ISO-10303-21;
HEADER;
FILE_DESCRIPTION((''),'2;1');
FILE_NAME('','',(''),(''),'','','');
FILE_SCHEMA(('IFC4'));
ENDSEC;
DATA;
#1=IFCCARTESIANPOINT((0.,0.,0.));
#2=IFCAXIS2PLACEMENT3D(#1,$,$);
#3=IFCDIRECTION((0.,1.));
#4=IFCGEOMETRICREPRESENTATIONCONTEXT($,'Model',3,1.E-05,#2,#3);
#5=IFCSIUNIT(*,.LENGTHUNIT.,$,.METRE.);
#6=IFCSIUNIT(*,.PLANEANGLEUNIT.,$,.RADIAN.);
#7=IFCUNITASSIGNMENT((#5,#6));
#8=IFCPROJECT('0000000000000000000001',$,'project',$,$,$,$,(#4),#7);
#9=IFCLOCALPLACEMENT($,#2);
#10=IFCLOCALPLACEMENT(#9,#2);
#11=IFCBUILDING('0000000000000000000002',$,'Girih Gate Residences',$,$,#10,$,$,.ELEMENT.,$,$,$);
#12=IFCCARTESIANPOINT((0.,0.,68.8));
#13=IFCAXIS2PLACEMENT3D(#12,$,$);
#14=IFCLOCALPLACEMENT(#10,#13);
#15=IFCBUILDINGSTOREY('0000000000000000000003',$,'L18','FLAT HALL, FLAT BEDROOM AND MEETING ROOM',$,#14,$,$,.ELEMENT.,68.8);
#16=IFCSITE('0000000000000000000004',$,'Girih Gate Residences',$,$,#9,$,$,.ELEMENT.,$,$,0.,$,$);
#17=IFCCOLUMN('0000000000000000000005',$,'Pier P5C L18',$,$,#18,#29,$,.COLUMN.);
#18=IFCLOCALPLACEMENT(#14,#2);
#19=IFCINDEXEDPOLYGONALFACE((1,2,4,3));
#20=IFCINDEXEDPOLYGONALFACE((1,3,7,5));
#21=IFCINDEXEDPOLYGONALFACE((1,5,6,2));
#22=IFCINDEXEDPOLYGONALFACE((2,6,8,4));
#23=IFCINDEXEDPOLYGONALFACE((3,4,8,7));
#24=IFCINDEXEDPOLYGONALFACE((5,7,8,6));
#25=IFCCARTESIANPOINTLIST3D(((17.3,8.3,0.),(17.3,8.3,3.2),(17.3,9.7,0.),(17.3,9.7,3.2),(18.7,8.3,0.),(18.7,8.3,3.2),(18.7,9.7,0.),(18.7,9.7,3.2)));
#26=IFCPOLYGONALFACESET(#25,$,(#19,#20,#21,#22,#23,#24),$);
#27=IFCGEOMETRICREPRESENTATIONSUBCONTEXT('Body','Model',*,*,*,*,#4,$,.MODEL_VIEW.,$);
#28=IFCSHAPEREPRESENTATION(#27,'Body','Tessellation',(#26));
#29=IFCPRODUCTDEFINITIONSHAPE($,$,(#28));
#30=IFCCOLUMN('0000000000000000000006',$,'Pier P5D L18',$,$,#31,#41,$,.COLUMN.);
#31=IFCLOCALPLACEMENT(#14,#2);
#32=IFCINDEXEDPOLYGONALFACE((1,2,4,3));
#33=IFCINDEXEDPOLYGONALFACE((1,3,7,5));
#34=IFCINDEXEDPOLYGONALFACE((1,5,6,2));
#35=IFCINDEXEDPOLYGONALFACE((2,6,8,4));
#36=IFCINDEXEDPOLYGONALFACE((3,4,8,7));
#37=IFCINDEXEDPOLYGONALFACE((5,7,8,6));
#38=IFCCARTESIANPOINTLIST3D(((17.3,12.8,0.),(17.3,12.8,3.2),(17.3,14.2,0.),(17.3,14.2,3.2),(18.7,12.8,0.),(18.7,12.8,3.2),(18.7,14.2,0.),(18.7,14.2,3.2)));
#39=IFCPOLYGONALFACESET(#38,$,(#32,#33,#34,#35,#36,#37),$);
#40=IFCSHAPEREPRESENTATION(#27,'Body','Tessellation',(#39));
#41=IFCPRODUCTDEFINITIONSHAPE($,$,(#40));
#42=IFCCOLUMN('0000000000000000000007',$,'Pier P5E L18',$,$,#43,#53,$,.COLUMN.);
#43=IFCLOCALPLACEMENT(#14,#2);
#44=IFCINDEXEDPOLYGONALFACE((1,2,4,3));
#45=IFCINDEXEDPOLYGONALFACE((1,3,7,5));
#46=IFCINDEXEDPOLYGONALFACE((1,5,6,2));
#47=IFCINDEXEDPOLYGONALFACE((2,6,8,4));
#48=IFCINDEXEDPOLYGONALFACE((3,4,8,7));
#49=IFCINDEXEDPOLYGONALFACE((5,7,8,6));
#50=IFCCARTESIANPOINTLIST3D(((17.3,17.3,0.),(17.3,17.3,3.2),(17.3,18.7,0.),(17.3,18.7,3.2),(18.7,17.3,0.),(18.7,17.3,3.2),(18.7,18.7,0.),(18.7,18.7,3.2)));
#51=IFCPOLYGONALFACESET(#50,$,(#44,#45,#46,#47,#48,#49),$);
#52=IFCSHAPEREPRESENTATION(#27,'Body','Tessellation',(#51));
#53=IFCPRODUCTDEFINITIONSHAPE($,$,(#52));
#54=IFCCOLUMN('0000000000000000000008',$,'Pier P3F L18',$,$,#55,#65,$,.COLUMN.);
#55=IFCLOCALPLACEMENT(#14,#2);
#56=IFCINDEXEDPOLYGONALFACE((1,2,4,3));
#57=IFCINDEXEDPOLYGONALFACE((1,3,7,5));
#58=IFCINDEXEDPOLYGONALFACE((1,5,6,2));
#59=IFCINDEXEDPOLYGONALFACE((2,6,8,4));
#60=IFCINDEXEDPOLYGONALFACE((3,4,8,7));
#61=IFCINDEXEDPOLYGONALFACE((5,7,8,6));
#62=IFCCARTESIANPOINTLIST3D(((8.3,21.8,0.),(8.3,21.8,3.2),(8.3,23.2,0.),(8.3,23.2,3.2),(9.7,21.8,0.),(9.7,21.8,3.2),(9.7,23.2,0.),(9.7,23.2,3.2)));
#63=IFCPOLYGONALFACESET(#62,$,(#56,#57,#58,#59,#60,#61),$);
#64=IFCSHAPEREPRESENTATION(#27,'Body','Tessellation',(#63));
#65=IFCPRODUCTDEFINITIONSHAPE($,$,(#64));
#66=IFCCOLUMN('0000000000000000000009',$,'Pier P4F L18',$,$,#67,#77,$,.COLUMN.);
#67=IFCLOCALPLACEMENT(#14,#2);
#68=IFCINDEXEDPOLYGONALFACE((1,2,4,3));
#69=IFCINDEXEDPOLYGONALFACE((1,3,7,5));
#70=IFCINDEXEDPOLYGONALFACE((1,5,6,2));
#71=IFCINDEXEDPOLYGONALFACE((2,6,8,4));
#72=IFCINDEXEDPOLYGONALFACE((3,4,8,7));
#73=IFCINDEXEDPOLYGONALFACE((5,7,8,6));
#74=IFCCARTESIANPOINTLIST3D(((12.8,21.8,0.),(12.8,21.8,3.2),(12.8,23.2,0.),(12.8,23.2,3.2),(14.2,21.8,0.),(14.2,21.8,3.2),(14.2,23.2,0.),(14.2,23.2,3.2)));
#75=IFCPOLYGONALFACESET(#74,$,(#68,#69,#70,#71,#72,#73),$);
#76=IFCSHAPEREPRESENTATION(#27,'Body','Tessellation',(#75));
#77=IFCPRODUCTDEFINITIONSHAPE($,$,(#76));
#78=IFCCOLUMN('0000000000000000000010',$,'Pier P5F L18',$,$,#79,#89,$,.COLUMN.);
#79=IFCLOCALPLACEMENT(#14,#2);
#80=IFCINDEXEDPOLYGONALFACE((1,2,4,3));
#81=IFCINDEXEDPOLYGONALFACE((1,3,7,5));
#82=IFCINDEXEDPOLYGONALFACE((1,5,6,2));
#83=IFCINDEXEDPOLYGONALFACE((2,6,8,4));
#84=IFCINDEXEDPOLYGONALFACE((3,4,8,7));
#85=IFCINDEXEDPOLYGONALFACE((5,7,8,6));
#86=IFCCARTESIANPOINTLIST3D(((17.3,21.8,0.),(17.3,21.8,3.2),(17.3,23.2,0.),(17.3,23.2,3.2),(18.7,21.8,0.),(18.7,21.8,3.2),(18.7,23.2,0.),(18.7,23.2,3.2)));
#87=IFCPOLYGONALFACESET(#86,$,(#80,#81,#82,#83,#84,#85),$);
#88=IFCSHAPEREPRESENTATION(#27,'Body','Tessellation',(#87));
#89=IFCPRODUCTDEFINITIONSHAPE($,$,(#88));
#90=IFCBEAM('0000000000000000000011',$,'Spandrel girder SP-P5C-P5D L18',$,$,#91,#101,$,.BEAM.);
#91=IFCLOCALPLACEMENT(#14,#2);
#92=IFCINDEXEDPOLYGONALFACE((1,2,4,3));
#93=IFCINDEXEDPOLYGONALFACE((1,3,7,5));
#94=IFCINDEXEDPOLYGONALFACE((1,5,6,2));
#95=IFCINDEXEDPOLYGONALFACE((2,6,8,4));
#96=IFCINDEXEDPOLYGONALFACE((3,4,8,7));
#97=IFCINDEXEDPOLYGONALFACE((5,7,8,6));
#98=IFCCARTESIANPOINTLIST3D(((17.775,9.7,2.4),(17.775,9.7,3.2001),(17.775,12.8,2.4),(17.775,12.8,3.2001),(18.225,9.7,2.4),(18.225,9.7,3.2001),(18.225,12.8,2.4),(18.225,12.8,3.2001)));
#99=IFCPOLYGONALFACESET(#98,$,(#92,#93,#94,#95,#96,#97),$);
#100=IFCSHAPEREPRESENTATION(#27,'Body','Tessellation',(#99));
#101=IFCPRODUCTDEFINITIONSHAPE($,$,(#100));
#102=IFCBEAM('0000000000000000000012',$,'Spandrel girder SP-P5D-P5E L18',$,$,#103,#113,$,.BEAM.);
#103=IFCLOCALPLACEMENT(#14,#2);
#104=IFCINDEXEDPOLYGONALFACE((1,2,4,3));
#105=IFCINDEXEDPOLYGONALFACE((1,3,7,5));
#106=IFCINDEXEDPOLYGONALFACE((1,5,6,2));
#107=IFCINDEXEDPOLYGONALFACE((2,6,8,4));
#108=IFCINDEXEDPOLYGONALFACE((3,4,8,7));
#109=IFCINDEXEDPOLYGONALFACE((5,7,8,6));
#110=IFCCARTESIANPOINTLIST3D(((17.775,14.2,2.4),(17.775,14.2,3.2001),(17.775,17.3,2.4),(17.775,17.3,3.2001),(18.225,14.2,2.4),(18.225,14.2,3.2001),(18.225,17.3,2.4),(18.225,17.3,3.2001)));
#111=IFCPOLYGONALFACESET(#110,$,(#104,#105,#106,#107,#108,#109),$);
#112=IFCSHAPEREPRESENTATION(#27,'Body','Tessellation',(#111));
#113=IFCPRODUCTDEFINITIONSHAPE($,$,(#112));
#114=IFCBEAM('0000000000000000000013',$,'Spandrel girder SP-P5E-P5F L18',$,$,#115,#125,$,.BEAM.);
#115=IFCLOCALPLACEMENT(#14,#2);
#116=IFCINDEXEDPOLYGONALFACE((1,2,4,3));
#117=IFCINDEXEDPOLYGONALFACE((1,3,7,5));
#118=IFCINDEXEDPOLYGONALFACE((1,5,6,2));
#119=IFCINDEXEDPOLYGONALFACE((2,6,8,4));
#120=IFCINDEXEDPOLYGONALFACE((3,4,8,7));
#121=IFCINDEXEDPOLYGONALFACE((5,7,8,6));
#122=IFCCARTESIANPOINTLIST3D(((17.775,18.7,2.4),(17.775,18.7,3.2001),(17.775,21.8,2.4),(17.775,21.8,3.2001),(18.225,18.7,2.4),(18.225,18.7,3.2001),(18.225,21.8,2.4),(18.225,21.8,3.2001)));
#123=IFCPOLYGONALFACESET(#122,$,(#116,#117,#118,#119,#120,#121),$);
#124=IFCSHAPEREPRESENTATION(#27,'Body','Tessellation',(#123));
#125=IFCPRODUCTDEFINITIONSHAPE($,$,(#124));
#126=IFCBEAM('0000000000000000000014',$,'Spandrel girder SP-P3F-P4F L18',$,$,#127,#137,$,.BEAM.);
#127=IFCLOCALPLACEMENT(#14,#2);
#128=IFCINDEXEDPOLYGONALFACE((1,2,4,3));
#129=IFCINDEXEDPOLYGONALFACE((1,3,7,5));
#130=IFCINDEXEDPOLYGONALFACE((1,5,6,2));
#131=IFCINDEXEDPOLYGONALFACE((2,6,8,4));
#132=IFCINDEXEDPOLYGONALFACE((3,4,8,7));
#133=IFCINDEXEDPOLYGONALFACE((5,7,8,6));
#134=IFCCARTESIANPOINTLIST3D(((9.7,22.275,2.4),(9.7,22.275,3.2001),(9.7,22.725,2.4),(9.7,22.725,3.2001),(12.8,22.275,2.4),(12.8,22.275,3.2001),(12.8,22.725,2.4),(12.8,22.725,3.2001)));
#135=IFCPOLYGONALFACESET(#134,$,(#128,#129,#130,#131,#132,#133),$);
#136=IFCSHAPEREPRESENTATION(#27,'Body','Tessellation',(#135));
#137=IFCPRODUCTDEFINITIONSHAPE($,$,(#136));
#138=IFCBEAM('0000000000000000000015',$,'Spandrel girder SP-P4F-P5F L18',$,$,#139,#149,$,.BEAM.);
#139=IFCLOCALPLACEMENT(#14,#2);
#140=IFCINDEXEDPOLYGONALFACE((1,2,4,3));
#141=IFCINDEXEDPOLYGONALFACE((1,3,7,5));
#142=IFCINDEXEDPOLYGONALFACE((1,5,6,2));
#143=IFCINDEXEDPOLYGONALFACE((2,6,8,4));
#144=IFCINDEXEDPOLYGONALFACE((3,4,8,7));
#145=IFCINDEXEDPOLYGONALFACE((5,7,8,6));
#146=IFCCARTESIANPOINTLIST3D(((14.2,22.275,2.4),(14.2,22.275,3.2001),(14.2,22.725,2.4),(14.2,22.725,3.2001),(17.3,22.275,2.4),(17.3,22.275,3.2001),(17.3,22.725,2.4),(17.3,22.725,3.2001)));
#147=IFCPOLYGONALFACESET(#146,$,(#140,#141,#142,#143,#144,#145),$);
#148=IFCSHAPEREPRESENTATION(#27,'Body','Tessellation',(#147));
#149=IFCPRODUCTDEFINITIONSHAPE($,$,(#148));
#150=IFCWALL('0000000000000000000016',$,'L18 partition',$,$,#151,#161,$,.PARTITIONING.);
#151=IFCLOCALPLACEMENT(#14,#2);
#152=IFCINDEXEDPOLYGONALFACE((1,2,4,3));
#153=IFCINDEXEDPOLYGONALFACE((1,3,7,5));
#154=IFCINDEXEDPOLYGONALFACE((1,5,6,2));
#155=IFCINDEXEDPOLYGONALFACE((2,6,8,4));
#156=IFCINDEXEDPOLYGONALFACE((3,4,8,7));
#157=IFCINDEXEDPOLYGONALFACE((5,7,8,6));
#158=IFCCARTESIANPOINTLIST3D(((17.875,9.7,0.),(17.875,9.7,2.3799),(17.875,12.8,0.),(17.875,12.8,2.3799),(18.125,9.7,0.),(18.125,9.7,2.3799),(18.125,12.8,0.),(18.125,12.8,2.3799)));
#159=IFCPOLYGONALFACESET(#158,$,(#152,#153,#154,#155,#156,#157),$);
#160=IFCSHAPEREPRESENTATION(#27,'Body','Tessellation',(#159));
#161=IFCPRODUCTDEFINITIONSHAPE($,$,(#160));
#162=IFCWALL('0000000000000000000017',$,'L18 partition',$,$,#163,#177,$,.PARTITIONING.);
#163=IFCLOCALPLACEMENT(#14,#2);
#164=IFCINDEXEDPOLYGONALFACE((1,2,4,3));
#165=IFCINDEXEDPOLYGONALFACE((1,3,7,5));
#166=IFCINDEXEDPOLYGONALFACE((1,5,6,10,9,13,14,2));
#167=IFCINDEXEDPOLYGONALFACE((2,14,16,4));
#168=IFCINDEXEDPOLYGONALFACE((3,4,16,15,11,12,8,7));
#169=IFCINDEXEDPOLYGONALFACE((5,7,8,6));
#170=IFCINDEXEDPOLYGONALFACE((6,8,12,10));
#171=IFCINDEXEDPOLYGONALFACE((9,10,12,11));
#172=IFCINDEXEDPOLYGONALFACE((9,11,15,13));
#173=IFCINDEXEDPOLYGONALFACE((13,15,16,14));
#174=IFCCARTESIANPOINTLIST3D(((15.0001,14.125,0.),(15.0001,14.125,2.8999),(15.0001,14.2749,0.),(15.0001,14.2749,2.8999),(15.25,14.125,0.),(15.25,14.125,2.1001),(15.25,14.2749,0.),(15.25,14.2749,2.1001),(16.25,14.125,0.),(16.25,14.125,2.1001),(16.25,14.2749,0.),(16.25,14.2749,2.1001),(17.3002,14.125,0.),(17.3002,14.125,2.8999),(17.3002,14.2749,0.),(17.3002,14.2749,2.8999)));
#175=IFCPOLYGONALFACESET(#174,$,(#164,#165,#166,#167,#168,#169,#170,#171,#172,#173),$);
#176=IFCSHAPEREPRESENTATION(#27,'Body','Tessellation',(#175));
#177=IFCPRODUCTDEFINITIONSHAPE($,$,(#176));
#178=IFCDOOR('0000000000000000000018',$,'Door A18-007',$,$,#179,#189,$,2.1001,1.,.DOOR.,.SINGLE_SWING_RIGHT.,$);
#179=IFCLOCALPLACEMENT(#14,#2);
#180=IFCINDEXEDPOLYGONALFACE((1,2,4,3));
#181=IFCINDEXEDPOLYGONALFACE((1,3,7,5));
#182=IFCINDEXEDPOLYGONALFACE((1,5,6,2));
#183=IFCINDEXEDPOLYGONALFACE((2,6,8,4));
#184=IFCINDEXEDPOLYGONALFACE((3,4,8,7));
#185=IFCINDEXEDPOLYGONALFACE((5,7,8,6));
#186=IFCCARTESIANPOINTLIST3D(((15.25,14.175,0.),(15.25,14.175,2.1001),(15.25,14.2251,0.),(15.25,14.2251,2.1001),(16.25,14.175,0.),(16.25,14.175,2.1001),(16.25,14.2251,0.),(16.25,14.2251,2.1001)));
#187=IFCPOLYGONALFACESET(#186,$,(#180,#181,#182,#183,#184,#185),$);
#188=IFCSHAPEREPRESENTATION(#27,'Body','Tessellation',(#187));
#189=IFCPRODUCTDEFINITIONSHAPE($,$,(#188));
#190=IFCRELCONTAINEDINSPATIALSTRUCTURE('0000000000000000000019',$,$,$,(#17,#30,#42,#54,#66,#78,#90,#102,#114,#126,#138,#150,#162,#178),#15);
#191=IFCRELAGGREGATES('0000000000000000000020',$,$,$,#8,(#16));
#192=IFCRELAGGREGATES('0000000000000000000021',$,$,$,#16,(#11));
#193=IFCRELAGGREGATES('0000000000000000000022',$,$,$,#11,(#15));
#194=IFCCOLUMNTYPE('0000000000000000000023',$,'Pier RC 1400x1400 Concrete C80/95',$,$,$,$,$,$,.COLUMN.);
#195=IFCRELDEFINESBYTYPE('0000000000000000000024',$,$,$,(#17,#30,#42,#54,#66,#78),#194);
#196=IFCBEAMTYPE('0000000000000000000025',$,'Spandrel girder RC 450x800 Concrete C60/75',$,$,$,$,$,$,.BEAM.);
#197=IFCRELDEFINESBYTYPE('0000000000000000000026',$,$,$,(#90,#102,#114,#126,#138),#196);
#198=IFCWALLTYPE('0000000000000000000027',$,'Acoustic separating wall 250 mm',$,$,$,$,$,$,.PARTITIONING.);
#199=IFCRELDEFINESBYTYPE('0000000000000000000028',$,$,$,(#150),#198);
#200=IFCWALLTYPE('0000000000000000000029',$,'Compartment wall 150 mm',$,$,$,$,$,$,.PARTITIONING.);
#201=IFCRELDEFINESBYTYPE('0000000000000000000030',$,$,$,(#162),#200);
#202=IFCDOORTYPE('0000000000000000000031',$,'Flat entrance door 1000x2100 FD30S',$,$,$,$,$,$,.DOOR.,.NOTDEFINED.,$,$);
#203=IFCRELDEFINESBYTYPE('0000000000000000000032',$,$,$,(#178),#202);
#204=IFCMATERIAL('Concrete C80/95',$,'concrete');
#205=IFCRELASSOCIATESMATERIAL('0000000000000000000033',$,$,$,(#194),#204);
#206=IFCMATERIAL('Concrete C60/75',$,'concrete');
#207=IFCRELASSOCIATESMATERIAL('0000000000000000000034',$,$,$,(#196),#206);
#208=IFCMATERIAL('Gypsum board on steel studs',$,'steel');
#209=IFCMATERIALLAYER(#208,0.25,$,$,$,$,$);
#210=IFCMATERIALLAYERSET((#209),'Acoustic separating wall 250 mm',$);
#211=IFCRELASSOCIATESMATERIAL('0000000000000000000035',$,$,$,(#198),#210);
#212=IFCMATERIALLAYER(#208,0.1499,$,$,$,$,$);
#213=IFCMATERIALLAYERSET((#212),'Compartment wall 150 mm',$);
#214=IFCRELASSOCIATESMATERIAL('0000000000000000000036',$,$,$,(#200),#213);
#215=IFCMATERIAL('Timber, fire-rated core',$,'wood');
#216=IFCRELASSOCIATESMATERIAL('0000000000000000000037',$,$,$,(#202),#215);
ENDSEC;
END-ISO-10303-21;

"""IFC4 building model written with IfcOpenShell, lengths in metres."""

from ifc_helpers import new_model, si_unit, direction, frame, frame_2d, origin, origin_2d, place, context, subcontext, project, spatial, rectangle, extrude, material, layer, layer_set, material_profile, profile_set, type_object, element, fill, save


model = new_model("IFC4")

# Units and contexts
model_context = context("Model", 3, precision=1e-05, world=origin(), true_north=direction((0.0, 1.0)))
body_context = subcontext(model_context, "Body", "Model", "MODEL_VIEW")
ifc_project = project(units=[si_unit("LENGTHUNIT", "METRE"), si_unit("PLANEANGLEUNIT", "RADIAN")], contexts=[model_context])

# Site, building, storey
site_placement = place(None, origin())
site = spatial("IfcSite", under=ifc_project, at=site_placement, Name="Girih Gate Residences", CompositionType="ELEMENT", RefElevation=0.0)
building_placement = place(site_placement, origin())
building = spatial("IfcBuilding", under=site, at=building_placement, Name="Girih Gate Residences", CompositionType="ELEMENT")
storey_placement = place(building_placement, frame((0.0, 0.0, 68.8)))
storey = spatial("IfcBuildingStorey", under=building, at=storey_placement, Name="L18", Description="FLAT HALL, FLAT BEDROOM AND MEETING ROOM", CompositionType="ELEMENT", Elevation=68.8)

# Columns
ifc_material_1 = material(Name="Concrete C80/95", Category="concrete")
ifc_material_profile_1 = material_profile(ifc_material_1, rectangle(XDim=1.3999, YDim=1.3999, at=origin_2d()))
ifc_profile_set_1 = profile_set([ifc_material_profile_1], Name="Concrete C80/95")
column_type = type_object("IfcColumnType", Name="Pier RC 1400x1400 Concrete C80/95", PredefinedType="COLUMN", material=ifc_profile_set_1)
for number, where, z_axis, x_axis, name in (
    (1, (18.0, 9.0, 0.0), (0.0, 0.0, 1.0), (1.0, 0.0, 0.0), "Pier P5C L18"),
    (2, (18.0, 13.5, 0.0), (0.0, 0.0, 1.0), (1.0, 0.0, 0.0), "Pier P5D L18"),
    (3, (18.0, 18.0, 0.0), (0.0, 0.0, 1.0), (1.0, 0.0, 0.0), "Pier P5E L18"),
    (4, (9.0, 22.5, 0.0), (0.0, 0.0, 1.0), (1.0, 0.0, 0.0), "Pier P3F L18"),
    (5, (13.5, 22.5, 0.0), (0.0, 0.0, 1.0), (1.0, 0.0, 0.0), "Pier P4F L18"),
    (6, (18.0, 22.5, 0.0), (0.0, 0.0, 1.0), (1.0, 0.0, 0.0), "Pier P5F L18"),
):
    element("IfcColumn", number, at=place(storey_placement, frame(where, z_axis=z_axis, x_axis=x_axis)), inside=storey, type_object=column_type, Name=name, PredefinedType="COLUMN", context=body_context, shape_type="SweptSolid", body=[
        extrude(rectangle(XDim=1.3999, YDim=1.3999, at=origin_2d()), origin(), (0.0, 0.0, 1.0), 3.2),
    ])

# Beams
ifc_material_2 = material(Name="Concrete C60/75", Category="concrete")
ifc_material_profile_2 = material_profile(ifc_material_2, rectangle(XDim=0.45, YDim=0.8, at=origin_2d()))
ifc_profile_set_2 = profile_set([ifc_material_profile_2], Name="Concrete C60/75")
beam_type = type_object("IfcBeamType", Name="Spandrel girder RC 450x800 Concrete C60/75", PredefinedType="BEAM", material=ifc_profile_set_2)
for number, where, z_axis, x_axis, name in (
    (7, (18.0, 9.7, 2.8), (0.0, 1.0, 0.0), (-1.0, 0.0, 0.0), "Spandrel girder SP-P5C-P5D L18"),
    (8, (18.0, 14.2, 2.8), (0.0, 1.0, 0.0), (-1.0, 0.0, 0.0), "Spandrel girder SP-P5D-P5E L18"),
    (9, (18.0, 18.7, 2.8), (0.0, 1.0, 0.0), (-1.0, 0.0, 0.0), "Spandrel girder SP-P5E-P5F L18"),
    (10, (9.7, 22.5, 2.8), (1.0, 0.0, 0.0), (0.0, 1.0, 0.0), "Spandrel girder SP-P3F-P4F L18"),
    (11, (14.2, 22.5, 2.8), (1.0, 0.0, 0.0), (0.0, 1.0, 0.0), "Spandrel girder SP-P4F-P5F L18"),
):
    element("IfcBeam", number, at=place(storey_placement, frame(where, z_axis=z_axis, x_axis=x_axis)), inside=storey, type_object=beam_type, Name=name, PredefinedType="BEAM", context=body_context, shape_type="SweptSolid", body=[
        extrude(rectangle(XDim=0.45, YDim=0.8, at=origin_2d()), origin(), (0.0, 0.0, 1.0), 3.1001),
    ])

# Wall
ifc_material_3 = material(Name="Gypsum board on steel studs", Category="steel")
ifc_layer_1 = layer(ifc_material_3, 0.25)
ifc_layer_set_1 = layer_set([ifc_layer_1], Name="Acoustic separating wall 250 mm")
wall_type_1 = type_object("IfcWallType", Name="Acoustic separating wall 250 mm", PredefinedType="PARTITIONING", material=ifc_layer_set_1)
wall_1_placement = place(storey_placement, frame((18.0, 9.7, 0.0), z_axis=(0.0, 0.0, 1.0), x_axis=(0.0, 1.0, 0.0)))
element("IfcWall", 12, at=wall_1_placement, inside=storey, type_object=wall_type_1, Name="L18 partition", PredefinedType="PARTITIONING", context=body_context, shape_type="SweptSolid", body=[
    extrude(rectangle(XDim=3.1001, YDim=0.25, at=frame_2d((1.55, 0.0))), origin(), (0.0, 0.0, 1.0), 2.3799),
])

# Wall, opening, door
ifc_layer_2 = layer(ifc_material_3, 0.1499)
ifc_layer_set_2 = layer_set([ifc_layer_2], Name="Compartment wall 150 mm")
wall_type_2 = type_object("IfcWallType", Name="Compartment wall 150 mm", PredefinedType="PARTITIONING", material=ifc_layer_set_2)
wall_2_placement = place(storey_placement, frame((17.3, 14.2, 0.0), z_axis=(0.0, 0.0, 1.0), x_axis=(-1.0, 0.0, 0.0)))
wall_2 = element("IfcWall", 13, at=wall_2_placement, inside=storey, type_object=wall_type_2, Name="L18 partition", PredefinedType="PARTITIONING", context=body_context, shape_type="SweptSolid", body=[
    extrude(rectangle(XDim=2.3, YDim=0.1499, at=frame_2d((1.1499, 0.0))), origin(), (0.0, 0.0, 1.0), 2.8999),
])
opening_1_placement = place(wall_2_placement, frame((1.05, 0.0, 0.0)))
opening_1 = element("IfcOpeningElement", 14, at=opening_1_placement, cuts=wall_2, PredefinedType="OPENING", context=body_context, shape_type="SweptSolid", body=[
    extrude(rectangle(XDim=1.0, YDim=2.1001, at=frame_2d((0.5, 1.05))), frame((0.0, 0.085, 0.0), z_axis=(0.0, -1.0, 0.0), x_axis=(1.0, 0.0, 0.0)), (0.0, 0.0, 1.0), 0.1699),
])
ifc_material_4 = material(Name="Timber, fire-rated core", Category="wood")
door_type_1 = type_object("IfcDoorType", Name="Flat entrance door 1000x2100 FD30S", OperationType="NOTDEFINED", PredefinedType="DOOR", material=ifc_material_4)
door_1_placement = place(opening_1_placement, origin())
door_1 = element("IfcDoor", 15, at=door_1_placement, inside=storey, type_object=door_type_1, Name="Door A18-007", OperationType="SINGLE_SWING_RIGHT", OverallHeight=2.1001, OverallWidth=1.0, PredefinedType="DOOR", context=body_context, shape_type="SweptSolid", body=[
    extrude(rectangle(XDim=1.0, YDim=2.1001, at=frame_2d((0.5, 1.05))), frame((0.0, 0.0249, 0.0), z_axis=(0.0, -1.0, 0.0), x_axis=(1.0, 0.0, 0.0)), (0.0, 0.0, 1.0), 0.05),
])
fill(opening_1, door_1)

save(model, "model.ifc")
